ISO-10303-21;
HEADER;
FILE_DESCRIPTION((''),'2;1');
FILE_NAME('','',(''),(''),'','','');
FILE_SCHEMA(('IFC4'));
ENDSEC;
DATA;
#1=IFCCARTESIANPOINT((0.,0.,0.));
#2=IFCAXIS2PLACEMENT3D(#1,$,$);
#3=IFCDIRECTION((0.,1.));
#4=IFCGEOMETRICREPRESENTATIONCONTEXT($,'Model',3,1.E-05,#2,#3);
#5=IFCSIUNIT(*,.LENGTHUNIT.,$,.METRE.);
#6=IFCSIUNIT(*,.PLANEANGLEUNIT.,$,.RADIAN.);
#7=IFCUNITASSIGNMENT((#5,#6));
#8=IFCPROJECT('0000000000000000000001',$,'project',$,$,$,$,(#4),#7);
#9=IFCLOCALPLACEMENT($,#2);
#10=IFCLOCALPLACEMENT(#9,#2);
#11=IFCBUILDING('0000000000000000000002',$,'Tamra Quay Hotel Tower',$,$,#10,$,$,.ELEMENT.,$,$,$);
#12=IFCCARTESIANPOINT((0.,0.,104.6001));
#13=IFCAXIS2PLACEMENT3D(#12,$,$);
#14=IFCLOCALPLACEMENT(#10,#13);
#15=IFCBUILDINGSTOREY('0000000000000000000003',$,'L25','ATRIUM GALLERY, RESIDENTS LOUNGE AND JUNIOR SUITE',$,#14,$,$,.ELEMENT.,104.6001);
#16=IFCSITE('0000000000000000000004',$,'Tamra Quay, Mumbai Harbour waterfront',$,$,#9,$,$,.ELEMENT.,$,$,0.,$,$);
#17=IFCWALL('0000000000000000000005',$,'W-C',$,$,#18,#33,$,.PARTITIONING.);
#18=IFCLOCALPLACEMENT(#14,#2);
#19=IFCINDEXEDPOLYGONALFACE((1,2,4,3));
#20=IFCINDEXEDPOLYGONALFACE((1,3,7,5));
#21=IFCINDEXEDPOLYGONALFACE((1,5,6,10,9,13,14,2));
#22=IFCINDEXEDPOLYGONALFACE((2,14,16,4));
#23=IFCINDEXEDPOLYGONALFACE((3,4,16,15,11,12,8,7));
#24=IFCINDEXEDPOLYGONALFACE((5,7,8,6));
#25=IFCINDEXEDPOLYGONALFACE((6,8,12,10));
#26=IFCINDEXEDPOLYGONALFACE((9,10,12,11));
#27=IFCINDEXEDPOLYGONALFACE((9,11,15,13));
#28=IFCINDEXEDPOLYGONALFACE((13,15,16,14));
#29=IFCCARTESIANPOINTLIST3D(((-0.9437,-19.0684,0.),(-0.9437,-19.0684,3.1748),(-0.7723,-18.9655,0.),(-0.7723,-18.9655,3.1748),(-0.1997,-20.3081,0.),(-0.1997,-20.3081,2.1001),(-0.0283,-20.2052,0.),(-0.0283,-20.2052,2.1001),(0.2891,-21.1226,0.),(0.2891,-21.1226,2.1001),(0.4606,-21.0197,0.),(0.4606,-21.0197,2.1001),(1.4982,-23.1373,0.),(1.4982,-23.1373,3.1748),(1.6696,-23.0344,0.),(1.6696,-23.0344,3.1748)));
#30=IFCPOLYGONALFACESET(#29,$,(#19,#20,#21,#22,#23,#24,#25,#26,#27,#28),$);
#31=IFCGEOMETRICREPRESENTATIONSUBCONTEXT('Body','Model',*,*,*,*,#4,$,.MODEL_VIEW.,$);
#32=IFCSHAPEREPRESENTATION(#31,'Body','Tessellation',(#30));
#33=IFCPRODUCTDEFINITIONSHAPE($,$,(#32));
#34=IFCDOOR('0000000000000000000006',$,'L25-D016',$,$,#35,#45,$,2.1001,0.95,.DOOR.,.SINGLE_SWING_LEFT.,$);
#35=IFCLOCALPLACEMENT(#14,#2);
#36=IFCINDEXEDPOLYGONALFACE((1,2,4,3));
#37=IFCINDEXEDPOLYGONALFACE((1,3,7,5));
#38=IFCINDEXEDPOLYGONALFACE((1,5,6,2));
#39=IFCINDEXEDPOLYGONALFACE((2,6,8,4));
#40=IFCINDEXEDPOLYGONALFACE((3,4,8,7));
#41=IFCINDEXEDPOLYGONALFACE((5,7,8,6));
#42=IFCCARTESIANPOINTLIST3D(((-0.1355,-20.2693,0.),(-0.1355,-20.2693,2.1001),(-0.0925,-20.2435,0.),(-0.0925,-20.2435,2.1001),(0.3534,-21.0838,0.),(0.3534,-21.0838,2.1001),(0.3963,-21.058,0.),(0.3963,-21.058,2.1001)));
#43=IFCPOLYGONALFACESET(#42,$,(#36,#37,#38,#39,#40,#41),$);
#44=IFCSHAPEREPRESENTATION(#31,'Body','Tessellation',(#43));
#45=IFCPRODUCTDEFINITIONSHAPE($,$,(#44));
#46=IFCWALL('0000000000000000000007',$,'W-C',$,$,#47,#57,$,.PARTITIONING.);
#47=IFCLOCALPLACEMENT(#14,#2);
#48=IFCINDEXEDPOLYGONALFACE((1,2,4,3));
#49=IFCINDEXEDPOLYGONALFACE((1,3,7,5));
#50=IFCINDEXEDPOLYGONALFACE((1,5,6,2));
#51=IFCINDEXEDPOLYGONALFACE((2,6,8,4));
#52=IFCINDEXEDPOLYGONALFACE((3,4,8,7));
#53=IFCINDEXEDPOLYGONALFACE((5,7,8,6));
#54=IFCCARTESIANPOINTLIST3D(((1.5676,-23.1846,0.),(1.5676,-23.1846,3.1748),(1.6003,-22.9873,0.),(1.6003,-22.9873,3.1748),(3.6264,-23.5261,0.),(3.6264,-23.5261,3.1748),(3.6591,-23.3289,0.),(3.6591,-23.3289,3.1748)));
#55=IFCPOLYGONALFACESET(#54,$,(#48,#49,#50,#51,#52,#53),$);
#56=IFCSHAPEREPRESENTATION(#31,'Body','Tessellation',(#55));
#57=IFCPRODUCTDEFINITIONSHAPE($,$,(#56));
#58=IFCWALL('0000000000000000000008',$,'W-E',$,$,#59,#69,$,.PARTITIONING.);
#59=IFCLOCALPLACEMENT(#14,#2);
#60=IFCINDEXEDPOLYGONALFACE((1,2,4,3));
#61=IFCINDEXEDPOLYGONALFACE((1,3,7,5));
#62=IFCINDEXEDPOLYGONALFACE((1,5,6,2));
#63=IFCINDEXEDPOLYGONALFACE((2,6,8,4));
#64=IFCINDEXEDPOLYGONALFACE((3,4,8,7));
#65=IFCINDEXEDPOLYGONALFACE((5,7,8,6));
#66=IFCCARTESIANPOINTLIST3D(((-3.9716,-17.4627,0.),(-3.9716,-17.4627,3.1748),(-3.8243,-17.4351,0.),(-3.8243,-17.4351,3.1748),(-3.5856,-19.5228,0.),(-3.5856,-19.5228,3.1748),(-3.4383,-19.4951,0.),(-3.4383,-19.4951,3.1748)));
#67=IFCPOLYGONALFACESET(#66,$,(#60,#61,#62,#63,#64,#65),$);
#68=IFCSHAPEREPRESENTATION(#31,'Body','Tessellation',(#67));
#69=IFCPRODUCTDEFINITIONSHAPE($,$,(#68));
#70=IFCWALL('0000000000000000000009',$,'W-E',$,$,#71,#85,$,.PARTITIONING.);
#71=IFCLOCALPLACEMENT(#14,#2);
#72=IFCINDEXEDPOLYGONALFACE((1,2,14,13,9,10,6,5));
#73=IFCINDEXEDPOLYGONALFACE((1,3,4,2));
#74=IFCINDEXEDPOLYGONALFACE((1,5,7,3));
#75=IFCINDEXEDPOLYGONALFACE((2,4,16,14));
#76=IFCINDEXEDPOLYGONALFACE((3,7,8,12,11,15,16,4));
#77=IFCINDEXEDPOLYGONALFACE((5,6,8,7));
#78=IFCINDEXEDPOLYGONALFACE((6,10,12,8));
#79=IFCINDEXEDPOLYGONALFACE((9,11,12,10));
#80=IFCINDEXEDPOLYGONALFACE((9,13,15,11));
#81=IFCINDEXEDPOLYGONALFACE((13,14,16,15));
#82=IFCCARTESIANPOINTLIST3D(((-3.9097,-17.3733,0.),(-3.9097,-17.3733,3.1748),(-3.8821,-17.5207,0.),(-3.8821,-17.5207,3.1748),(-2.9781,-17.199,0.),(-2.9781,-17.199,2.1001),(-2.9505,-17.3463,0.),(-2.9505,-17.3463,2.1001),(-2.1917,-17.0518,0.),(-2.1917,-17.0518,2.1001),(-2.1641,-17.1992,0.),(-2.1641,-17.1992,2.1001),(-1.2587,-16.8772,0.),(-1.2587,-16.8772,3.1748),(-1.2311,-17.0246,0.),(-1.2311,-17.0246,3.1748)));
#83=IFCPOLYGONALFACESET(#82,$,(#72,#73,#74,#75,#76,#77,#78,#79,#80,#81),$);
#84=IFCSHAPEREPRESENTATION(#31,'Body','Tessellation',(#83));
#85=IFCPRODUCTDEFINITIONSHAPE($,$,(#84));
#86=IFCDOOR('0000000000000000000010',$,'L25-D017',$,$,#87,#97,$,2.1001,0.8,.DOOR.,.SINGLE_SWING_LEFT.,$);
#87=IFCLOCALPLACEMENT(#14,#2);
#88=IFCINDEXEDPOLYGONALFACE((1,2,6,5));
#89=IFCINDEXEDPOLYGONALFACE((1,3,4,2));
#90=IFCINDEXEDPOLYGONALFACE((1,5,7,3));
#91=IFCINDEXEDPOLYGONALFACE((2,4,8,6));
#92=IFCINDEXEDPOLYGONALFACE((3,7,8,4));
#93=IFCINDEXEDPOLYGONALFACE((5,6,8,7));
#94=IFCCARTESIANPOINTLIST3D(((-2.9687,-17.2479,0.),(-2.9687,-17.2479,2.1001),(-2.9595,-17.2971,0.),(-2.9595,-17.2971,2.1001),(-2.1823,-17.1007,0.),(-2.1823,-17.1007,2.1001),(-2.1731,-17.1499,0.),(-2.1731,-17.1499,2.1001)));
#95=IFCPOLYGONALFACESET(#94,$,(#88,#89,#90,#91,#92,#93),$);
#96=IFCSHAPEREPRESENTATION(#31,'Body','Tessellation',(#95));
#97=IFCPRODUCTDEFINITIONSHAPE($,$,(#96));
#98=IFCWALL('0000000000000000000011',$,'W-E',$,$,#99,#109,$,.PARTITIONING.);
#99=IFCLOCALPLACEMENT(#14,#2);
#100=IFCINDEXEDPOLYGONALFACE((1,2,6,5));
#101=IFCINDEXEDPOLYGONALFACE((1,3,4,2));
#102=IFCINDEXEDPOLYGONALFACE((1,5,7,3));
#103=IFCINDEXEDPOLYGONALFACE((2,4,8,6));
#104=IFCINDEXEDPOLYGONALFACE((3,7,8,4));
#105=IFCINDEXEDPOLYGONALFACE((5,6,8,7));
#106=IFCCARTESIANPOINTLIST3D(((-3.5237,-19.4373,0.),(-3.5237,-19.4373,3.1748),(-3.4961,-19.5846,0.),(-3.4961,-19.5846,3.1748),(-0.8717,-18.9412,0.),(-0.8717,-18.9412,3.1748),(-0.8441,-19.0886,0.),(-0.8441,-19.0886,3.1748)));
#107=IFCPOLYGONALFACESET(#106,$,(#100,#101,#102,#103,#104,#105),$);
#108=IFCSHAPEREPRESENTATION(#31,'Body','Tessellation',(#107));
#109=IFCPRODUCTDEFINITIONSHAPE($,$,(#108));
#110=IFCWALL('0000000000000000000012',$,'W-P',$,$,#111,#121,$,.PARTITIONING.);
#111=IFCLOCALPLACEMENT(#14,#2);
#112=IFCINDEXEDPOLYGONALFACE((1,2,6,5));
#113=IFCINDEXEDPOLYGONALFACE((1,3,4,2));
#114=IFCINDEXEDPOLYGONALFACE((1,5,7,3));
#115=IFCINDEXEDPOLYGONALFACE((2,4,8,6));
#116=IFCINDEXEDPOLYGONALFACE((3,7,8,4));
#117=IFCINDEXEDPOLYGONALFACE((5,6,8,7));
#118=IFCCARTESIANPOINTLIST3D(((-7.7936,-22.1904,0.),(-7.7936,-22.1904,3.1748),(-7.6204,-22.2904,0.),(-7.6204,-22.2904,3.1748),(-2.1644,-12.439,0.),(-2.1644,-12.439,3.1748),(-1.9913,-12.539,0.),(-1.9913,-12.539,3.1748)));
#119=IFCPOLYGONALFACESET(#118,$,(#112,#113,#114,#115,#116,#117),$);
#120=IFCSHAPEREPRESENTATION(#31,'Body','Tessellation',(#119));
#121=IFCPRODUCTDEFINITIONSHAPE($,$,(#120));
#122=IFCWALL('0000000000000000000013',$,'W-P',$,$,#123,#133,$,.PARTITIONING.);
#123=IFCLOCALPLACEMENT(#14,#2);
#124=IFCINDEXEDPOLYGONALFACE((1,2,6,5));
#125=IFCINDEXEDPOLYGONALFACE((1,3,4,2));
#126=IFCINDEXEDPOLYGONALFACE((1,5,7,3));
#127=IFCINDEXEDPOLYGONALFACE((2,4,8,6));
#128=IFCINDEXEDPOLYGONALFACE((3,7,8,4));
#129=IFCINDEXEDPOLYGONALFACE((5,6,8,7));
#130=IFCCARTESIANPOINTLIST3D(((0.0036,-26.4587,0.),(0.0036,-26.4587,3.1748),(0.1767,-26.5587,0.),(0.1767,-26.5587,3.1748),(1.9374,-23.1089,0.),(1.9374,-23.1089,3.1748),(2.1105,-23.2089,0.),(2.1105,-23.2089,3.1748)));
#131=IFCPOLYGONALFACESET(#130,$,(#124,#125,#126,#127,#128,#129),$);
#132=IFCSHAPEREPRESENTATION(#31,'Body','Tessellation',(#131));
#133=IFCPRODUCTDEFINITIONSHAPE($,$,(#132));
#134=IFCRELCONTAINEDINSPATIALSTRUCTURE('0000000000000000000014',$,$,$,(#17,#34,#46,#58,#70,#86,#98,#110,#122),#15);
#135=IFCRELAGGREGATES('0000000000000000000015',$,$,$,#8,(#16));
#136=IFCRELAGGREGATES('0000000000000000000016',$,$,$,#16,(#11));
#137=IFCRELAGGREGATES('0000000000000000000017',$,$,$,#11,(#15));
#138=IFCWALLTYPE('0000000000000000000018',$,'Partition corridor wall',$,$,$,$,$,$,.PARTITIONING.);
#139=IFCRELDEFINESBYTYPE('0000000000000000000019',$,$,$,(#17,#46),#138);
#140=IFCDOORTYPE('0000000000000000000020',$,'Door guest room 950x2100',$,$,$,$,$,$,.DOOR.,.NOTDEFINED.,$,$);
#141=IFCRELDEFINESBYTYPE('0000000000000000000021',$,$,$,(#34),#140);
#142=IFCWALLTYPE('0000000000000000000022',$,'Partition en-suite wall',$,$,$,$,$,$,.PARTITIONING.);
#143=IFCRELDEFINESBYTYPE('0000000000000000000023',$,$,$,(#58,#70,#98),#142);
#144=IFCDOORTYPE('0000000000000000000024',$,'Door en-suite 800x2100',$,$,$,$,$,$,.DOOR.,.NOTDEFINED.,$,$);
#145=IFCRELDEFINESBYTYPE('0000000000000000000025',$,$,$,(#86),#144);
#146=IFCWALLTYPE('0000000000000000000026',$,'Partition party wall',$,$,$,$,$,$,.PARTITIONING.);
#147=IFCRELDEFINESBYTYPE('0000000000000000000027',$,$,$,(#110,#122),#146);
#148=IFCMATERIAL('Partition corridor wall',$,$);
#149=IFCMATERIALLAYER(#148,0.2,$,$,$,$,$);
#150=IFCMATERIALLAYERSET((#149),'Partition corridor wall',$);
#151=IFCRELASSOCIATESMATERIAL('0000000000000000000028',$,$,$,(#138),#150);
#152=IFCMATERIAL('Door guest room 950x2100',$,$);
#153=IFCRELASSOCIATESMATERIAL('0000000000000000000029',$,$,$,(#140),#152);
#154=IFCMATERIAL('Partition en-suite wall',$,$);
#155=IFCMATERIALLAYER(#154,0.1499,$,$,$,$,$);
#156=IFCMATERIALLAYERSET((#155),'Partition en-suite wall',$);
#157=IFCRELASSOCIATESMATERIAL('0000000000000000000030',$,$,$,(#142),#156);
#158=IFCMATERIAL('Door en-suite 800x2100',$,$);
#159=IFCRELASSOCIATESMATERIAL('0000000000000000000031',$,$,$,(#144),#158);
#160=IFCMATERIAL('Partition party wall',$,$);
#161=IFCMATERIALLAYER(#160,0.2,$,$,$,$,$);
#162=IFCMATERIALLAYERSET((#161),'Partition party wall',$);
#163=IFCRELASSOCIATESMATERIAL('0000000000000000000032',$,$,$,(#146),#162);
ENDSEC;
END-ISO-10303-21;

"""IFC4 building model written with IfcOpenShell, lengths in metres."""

from ifc_helpers import new_model, si_unit, direction, frame, frame_2d, origin, place, context, subcontext, project, spatial, rectangle, extrude, material, layer, layer_set, type_object, element, fill, save


model = new_model("IFC4")

# Units and contexts
model_context = context("Model", 3, precision=1e-05, world=origin(), true_north=direction((0.0, 1.0)))
body_context = subcontext(model_context, "Body", "Model", "MODEL_VIEW")
ifc_project = project(units=[si_unit("LENGTHUNIT", "METRE"), si_unit("PLANEANGLEUNIT", "RADIAN")], contexts=[model_context])

# Site, building, storey
site_placement = place(None, origin())
site = spatial("IfcSite", under=ifc_project, at=site_placement, Name="Tamra Quay, Mumbai Harbour waterfront", CompositionType="ELEMENT", RefElevation=0.0)
building_placement = place(site_placement, origin())
building = spatial("IfcBuilding", under=site, at=building_placement, Name="Tamra Quay Hotel Tower", CompositionType="ELEMENT")
storey_placement = place(building_placement, frame((0.0, 0.0, 104.6001)))
storey = spatial("IfcBuildingStorey", under=building, at=storey_placement, Name="L25", Description="ATRIUM GALLERY, RESIDENTS LOUNGE AND JUNIOR SUITE", CompositionType="ELEMENT", Elevation=104.6001)

# Wall, opening, door
ifc_material_1 = material(Name="Partition corridor wall")
ifc_layer_1 = layer(ifc_material_1, 0.2)
ifc_layer_set_1 = layer_set([ifc_layer_1], Name="Partition corridor wall")
wall_type_1 = type_object("IfcWallType", Name="Partition corridor wall", PredefinedType="PARTITIONING", material=ifc_layer_set_1)
wall_1_placement = place(storey_placement, frame((-0.8579, -19.0171, 0.0), z_axis=(0.0, 0.0, 1.0), x_axis=(0.514587, -0.857438, 0.0)))
wall_1 = element("IfcWall", 1, at=wall_1_placement, inside=storey, type_object=wall_type_1, Name="W-C", PredefinedType="PARTITIONING", context=body_context, shape_type="SweptSolid", body=[
    extrude(rectangle(XDim=4.7454, YDim=0.2, at=frame_2d((2.3726, 0.0))), origin(), (0.0, 0.0, 1.0), 3.1748),
])
opening_1_placement = place(wall_1_placement, frame((1.4456, 0.0, 0.0)))
opening_1 = element("IfcOpeningElement", 2, at=opening_1_placement, cuts=wall_1, PredefinedType="OPENING", context=body_context, shape_type="SweptSolid", body=[
    extrude(rectangle(XDim=0.95, YDim=2.1001, at=frame_2d((0.4751, 1.05))), frame((0.0, 0.1099, 0.0), z_axis=(0.0, -1.0, 0.0), x_axis=(1.0, 0.0, 0.0)), (0.0, 0.0, 1.0), 0.22),
])
ifc_material_2 = material(Name="Door guest room 950x2100")
door_type_1 = type_object("IfcDoorType", Name="Door guest room 950x2100", OperationType="NOTDEFINED", PredefinedType="DOOR", material=ifc_material_2)
door_1_placement = place(opening_1_placement, frame((0.95, 0.0, 0.0), z_axis=(0.0, 0.0, 1.0), x_axis=(-1.0, 0.0, 0.0)))
door_1 = element("IfcDoor", 3, at=door_1_placement, inside=storey, type_object=door_type_1, Name="L25-D016", OperationType="SINGLE_SWING_LEFT", OverallHeight=2.1001, OverallWidth=0.95, PredefinedType="DOOR", context=body_context, shape_type="SweptSolid", body=[
    extrude(rectangle(XDim=0.95, YDim=2.1001, at=frame_2d((0.4751, 1.05))), frame((0.0, 0.0249, 0.0), z_axis=(0.0, -1.0, 0.0), x_axis=(1.0, 0.0, 0.0)), (0.0, 0.0, 1.0), 0.05),
])
fill(opening_1, door_1)

# Walls
wall_2_placement = place(storey_placement, frame((1.584, -23.0859, 0.0), z_axis=(0.0, 0.0, 1.0), x_axis=(0.986517, -0.163659, 0.0)))
element("IfcWall", 4, at=wall_2_placement, inside=storey, type_object=wall_type_1, Name="W-C", PredefinedType="PARTITIONING", context=body_context, shape_type="SweptSolid", body=[
    extrude(rectangle(XDim=2.0869, YDim=0.2, at=frame_2d((1.0435, 0.0))), origin(), (0.0, 0.0, 1.0), 3.1748),
])
ifc_material_3 = material(Name="Partition en-suite wall")
ifc_layer_2 = layer(ifc_material_3, 0.1499)
ifc_layer_set_2 = layer_set([ifc_layer_2], Name="Partition en-suite wall")
wall_type_2 = type_object("IfcWallType", Name="Partition en-suite wall", PredefinedType="PARTITIONING", material=ifc_layer_set_2)
wall_3_placement = place(storey_placement, frame((-3.8979, -17.449, 0.0), z_axis=(0.0, 0.0, 1.0), x_axis=(0.184162, -0.982896, 0.0)))
element("IfcWall", 5, at=wall_3_placement, inside=storey, type_object=wall_type_2, Name="W-E", PredefinedType="PARTITIONING", context=body_context, shape_type="SweptSolid", body=[
    extrude(rectangle(XDim=2.0959, YDim=0.1499, at=frame_2d((1.0479, 0.0))), origin(), (0.0, 0.0, 1.0), 3.1748),
])

# Wall, opening, door
wall_4_placement = place(storey_placement, frame((-3.896, -17.447, 0.0), z_axis=(0.0, 0.0, 1.0), x_axis=(0.982936, 0.18395, 0.0)))
wall_4 = element("IfcWall", 6, at=wall_4_placement, inside=storey, type_object=wall_type_2, Name="W-E", PredefinedType="PARTITIONING", context=body_context, shape_type="SweptSolid", body=[
    extrude(rectangle(XDim=2.697, YDim=0.1499, at=frame_2d((1.3486, 0.0))), origin(), (0.0, 0.0, 1.0), 3.1748),
])
opening_2_placement = place(wall_4_placement, frame((0.948, 0.0, 0.0)))
opening_2 = element("IfcOpeningElement", 7, at=opening_2_placement, cuts=wall_4, PredefinedType="OPENING", context=body_context, shape_type="SweptSolid", body=[
    extrude(rectangle(XDim=0.8, YDim=2.1001, at=frame_2d((0.3999, 1.05))), frame((0.0, 0.085, 0.0), z_axis=(0.0, -1.0, 0.0), x_axis=(1.0, 0.0, 0.0)), (0.0, 0.0, 1.0), 0.1699),
])
ifc_material_4 = material(Name="Door en-suite 800x2100")
door_type_2 = type_object("IfcDoorType", Name="Door en-suite 800x2100", OperationType="NOTDEFINED", PredefinedType="DOOR", material=ifc_material_4)
door_2_placement = place(opening_2_placement, frame((0.8, 0.0, 0.0), z_axis=(0.0, 0.0, 1.0), x_axis=(-1.0, 0.0, 0.0)))
door_2 = element("IfcDoor", 8, at=door_2_placement, inside=storey, type_object=door_type_2, Name="L25-D017", OperationType="SINGLE_SWING_LEFT", OverallHeight=2.1001, OverallWidth=0.8, PredefinedType="DOOR", context=body_context, shape_type="SweptSolid", body=[
    extrude(rectangle(XDim=0.8, YDim=2.1001, at=frame_2d((0.3999, 1.05))), frame((0.0, 0.0249, 0.0), z_axis=(0.0, -1.0, 0.0), x_axis=(1.0, 0.0, 0.0)), (0.0, 0.0, 1.0), 0.05),
])
fill(opening_2, door_2)

# Walls
wall_5_placement = place(storey_placement, frame((-3.51, -19.511, 0.0), z_axis=(0.0, 0.0, 1.0), x_axis=(0.982951, 0.183868, 0.0)))
element("IfcWall", 9, at=wall_5_placement, inside=storey, type_object=wall_type_2, Name="W-E", PredefinedType="PARTITIONING", context=body_context, shape_type="SweptSolid", body=[
    extrude(rectangle(XDim=2.698, YDim=0.1499, at=frame_2d((1.3491, 0.0))), origin(), (0.0, 0.0, 1.0), 3.1748),
])
ifc_material_5 = material(Name="Partition party wall")
ifc_layer_3 = layer(ifc_material_5, 0.2)
ifc_layer_set_3 = layer_set([ifc_layer_3], Name="Partition party wall")
wall_type_3 = type_object("IfcWallType", Name="Partition party wall", PredefinedType="PARTITIONING", material=ifc_layer_set_3)
wall_6_placement = place(storey_placement, frame((-7.707, -22.2405, 0.0), z_axis=(0.0, 0.0, 1.0), x_axis=(0.499943, 0.866058, 0.0)))
element("IfcWall", 10, at=wall_6_placement, inside=storey, type_object=wall_type_3, Name="W-P", PredefinedType="PARTITIONING", context=body_context, shape_type="SweptSolid", body=[
    extrude(rectangle(XDim=11.2595, YDim=0.2, at=frame_2d((5.6299, 0.0))), origin(), (0.0, 0.0, 1.0), 3.1748),
])
wall_7_placement = place(storey_placement, frame((0.0901, -26.5088, 0.0), z_axis=(0.0, 0.0, 1.0), x_axis=(0.499961, 0.866048, 0.0)))
element("IfcWall", 11, at=wall_7_placement, inside=storey, type_object=wall_type_3, Name="W-P", PredefinedType="PARTITIONING", context=body_context, shape_type="SweptSolid", body=[
    extrude(rectangle(XDim=3.8679, YDim=0.2, at=frame_2d((1.9341, 0.0))), origin(), (0.0, 0.0, 1.0), 3.1748),
])

save(model, "model.ifc")
